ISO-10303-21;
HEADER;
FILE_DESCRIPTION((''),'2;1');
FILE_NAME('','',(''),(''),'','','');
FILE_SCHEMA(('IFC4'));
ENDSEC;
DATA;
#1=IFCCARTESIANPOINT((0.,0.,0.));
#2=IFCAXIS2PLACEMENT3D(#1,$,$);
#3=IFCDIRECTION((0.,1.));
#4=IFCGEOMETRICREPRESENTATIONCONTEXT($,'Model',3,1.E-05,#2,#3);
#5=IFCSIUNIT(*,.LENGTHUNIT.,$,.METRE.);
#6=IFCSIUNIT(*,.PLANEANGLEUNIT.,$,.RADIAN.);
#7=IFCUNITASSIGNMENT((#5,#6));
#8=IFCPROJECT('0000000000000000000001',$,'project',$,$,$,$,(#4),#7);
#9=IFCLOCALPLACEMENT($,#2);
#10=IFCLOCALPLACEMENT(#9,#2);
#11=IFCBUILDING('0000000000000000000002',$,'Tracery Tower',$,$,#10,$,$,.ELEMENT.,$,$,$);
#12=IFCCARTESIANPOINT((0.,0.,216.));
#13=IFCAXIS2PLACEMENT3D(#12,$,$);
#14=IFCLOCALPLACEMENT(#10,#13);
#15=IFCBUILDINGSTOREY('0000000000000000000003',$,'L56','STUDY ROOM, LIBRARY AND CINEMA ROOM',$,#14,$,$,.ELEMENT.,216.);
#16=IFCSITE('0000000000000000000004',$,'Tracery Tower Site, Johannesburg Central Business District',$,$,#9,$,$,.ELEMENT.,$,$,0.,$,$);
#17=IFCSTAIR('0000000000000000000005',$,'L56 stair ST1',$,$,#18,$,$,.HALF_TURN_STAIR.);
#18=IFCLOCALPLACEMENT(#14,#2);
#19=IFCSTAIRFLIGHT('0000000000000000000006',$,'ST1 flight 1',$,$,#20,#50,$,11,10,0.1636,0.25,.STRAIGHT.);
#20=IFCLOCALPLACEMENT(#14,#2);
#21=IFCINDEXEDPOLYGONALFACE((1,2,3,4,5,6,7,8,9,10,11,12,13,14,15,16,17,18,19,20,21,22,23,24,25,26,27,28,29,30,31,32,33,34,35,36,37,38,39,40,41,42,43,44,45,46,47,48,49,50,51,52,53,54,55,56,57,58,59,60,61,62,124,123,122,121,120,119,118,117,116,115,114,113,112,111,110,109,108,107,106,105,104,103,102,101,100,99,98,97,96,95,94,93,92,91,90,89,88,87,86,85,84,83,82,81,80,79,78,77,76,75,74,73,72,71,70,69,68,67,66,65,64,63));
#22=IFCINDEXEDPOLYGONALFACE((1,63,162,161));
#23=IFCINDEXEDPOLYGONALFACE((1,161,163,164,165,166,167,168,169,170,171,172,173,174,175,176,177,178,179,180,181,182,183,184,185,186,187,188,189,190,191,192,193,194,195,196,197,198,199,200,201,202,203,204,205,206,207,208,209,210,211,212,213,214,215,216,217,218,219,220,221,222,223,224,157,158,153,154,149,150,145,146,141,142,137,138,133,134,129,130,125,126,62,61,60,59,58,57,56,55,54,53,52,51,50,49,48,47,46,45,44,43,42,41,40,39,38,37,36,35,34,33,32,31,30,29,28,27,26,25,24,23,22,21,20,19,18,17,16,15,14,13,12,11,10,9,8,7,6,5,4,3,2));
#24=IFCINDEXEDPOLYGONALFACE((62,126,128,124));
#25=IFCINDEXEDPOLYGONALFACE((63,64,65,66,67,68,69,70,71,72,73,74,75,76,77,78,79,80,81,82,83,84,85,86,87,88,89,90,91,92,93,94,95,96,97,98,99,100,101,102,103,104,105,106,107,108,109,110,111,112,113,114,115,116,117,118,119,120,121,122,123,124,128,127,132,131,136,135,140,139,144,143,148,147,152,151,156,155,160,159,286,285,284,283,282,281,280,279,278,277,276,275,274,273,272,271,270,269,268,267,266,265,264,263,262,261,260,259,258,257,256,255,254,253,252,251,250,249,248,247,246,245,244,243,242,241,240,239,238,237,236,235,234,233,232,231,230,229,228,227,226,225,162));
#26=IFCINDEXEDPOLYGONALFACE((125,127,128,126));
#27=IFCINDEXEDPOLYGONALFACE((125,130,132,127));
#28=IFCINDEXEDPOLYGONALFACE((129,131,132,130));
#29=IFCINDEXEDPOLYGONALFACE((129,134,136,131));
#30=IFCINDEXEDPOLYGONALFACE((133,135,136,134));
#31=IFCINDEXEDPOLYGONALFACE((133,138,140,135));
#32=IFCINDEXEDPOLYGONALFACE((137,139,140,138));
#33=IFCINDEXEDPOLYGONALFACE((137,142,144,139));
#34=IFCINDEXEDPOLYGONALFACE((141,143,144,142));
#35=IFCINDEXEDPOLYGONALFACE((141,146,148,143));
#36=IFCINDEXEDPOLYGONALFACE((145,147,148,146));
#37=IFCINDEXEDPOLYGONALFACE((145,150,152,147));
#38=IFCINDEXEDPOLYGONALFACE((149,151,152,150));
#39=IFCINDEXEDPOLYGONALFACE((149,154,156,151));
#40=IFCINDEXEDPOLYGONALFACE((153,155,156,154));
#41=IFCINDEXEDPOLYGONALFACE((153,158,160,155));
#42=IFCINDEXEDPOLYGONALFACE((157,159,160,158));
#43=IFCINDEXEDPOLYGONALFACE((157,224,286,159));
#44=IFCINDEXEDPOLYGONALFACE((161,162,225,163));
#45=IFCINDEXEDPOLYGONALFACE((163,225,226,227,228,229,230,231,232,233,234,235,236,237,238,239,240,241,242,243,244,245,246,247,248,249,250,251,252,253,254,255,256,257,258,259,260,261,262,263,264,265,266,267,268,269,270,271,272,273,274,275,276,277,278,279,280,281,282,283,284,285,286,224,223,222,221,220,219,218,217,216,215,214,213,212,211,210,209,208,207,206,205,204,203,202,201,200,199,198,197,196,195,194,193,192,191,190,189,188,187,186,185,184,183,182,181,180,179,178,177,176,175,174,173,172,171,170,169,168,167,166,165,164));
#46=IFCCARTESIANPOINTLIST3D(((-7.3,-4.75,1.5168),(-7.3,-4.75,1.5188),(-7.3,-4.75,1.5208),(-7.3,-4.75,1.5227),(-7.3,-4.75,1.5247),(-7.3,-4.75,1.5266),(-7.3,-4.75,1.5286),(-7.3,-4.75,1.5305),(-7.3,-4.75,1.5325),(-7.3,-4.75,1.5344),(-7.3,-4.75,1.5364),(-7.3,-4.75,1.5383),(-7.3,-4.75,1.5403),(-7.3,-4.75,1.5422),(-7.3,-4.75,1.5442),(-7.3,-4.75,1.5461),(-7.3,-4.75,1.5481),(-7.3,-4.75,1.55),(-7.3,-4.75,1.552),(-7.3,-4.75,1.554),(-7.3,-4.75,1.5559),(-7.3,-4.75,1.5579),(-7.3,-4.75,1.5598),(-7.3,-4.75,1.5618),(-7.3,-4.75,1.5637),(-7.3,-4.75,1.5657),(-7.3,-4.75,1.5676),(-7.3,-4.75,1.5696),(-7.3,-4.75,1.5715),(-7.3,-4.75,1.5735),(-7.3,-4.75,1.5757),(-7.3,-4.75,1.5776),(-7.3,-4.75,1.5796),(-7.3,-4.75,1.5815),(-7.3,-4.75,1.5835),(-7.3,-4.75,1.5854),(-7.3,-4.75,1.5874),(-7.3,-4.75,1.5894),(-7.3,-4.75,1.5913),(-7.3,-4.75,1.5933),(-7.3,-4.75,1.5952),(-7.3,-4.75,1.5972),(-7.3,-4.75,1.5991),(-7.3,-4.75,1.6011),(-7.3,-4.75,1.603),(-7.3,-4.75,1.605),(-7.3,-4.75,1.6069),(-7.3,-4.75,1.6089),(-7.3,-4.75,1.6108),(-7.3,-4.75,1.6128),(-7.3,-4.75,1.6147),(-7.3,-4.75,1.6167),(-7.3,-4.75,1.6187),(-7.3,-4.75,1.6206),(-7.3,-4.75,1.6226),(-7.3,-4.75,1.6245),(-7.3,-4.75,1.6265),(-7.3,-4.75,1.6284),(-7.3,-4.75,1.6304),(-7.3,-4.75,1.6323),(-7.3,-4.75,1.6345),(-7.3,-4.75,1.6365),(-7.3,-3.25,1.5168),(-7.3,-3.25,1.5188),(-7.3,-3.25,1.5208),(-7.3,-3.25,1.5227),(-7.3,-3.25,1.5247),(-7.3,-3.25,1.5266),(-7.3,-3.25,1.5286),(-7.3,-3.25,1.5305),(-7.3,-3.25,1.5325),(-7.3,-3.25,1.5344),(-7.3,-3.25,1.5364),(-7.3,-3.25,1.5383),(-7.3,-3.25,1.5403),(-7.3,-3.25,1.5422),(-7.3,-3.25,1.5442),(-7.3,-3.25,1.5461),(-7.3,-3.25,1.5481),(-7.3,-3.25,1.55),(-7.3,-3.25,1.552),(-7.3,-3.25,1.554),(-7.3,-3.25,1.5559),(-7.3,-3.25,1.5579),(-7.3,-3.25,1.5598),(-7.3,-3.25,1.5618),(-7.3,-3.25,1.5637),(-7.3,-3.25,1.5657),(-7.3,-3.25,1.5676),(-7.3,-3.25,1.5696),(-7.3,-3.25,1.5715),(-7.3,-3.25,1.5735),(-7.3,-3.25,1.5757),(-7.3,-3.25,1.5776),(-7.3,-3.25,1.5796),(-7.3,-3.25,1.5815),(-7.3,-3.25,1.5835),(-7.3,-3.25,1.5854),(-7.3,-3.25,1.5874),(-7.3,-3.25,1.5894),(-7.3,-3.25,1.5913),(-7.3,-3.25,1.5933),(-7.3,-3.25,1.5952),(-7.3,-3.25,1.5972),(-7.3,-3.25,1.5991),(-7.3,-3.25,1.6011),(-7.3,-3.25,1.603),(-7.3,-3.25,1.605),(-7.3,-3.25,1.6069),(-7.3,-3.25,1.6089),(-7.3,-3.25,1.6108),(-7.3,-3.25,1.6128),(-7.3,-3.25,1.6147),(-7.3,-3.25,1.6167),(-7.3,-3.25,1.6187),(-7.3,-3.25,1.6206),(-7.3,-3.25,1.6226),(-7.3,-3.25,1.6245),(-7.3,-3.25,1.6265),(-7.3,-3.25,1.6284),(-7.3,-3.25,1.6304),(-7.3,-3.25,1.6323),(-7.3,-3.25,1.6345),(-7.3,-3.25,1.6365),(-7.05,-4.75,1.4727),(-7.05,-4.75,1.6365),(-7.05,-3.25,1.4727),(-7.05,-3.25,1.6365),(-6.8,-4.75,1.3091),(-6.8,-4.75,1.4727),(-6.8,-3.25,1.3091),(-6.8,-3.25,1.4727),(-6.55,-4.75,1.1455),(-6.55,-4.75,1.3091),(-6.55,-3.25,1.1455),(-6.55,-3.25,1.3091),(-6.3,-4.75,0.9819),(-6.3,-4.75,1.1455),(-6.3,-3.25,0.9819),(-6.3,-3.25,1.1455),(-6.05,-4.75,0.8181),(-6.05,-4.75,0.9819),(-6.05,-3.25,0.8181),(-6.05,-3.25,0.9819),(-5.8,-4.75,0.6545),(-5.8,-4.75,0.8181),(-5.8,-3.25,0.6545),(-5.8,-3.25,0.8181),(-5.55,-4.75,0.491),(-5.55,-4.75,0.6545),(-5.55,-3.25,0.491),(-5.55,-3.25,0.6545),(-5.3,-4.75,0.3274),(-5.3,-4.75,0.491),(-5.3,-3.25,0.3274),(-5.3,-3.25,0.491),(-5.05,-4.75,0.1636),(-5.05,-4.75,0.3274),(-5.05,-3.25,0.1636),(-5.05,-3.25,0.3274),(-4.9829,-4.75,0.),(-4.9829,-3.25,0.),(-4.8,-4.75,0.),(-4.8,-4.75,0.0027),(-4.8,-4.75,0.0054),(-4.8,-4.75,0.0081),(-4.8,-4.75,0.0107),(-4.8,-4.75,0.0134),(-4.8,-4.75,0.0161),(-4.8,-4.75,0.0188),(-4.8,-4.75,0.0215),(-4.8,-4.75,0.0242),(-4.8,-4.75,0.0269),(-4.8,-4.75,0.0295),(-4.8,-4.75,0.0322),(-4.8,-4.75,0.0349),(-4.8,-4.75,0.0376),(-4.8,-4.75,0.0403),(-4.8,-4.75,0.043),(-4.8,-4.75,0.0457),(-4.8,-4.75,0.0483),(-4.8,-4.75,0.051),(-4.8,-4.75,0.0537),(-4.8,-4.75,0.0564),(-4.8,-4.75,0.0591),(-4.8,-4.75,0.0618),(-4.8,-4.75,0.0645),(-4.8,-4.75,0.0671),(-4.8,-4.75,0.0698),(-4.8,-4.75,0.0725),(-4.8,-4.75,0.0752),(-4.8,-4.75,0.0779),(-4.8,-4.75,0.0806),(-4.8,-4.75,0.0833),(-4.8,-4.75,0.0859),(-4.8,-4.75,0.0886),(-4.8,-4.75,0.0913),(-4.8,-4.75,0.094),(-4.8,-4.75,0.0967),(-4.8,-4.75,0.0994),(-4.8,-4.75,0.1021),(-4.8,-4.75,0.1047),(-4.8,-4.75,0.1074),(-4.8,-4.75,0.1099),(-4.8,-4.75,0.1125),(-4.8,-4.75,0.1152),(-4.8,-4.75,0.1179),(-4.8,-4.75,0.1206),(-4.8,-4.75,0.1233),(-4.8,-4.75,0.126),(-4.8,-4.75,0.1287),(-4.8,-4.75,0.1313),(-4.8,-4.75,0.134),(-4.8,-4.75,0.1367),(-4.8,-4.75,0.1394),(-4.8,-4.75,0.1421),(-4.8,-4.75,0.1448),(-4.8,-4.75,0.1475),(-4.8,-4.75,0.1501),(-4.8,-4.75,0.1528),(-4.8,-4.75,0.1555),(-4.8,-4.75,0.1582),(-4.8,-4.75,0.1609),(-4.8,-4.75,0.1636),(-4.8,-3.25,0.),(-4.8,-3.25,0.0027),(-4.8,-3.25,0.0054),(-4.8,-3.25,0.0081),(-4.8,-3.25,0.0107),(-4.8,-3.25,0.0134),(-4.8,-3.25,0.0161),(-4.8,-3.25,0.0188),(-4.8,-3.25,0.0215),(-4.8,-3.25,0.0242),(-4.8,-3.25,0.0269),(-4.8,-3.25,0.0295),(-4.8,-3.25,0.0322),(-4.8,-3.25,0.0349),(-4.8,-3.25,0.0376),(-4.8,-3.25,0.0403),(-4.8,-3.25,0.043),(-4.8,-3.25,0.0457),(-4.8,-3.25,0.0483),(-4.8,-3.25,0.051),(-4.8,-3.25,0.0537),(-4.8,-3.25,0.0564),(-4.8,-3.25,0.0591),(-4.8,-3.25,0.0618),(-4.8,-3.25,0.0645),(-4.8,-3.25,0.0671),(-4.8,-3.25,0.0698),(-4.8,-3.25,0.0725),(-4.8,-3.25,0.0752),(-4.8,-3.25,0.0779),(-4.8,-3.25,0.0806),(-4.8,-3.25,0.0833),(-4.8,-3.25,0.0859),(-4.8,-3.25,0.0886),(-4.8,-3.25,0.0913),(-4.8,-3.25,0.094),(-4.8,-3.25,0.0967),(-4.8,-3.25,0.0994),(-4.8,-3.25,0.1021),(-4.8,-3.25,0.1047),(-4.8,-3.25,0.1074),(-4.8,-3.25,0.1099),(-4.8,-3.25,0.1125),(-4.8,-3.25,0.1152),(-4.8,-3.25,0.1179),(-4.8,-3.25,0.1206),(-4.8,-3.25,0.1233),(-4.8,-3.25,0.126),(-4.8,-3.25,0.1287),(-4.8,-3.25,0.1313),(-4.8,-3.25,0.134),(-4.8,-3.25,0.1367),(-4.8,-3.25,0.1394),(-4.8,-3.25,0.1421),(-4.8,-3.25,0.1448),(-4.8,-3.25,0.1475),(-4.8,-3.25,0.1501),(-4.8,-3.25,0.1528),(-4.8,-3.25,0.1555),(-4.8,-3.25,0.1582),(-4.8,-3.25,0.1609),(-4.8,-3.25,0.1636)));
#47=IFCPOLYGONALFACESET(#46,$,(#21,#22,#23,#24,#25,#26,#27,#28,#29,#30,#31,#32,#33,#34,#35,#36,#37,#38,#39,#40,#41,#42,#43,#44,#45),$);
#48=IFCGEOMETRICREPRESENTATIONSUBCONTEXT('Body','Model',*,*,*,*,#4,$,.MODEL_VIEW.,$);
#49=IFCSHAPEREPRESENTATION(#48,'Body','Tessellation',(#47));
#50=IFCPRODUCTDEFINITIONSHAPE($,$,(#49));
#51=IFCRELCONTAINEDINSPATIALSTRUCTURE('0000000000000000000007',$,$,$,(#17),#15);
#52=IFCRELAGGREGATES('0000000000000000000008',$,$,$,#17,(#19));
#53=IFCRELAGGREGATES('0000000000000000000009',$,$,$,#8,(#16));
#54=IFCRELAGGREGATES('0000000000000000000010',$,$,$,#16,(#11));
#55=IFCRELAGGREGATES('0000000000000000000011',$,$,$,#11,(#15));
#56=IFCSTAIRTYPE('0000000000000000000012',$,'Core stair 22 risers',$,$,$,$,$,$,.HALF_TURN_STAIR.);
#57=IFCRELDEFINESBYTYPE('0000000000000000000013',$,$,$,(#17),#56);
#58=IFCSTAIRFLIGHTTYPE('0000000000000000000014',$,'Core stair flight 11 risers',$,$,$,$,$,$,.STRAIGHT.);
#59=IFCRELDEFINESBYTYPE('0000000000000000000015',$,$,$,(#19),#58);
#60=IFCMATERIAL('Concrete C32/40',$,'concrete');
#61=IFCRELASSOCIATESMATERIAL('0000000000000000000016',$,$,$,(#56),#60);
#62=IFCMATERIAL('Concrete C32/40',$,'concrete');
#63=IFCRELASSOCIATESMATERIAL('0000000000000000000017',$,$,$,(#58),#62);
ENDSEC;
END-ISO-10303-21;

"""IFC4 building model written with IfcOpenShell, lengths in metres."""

from ifc_helpers import new_model, si_unit, direction, frame, origin, place, context, subcontext, project, spatial, polyline, outline, extrude, material, type_object, element, aggregate, save


model = new_model("IFC4")

# Units and contexts
model_context = context("Model", 3, precision=1e-05, world=origin(), true_north=direction((0.0, 1.0)))
body_context = subcontext(model_context, "Body", "Model", "MODEL_VIEW")
ifc_project = project(units=[si_unit("LENGTHUNIT", "METRE"), si_unit("PLANEANGLEUNIT", "RADIAN")], contexts=[model_context])

# Site, building, storey
site_placement = place(None, origin())
site = spatial("IfcSite", under=ifc_project, at=site_placement, Name="Tracery Tower Site, Johannesburg Central Business District", CompositionType="ELEMENT", RefElevation=0.0)
building_placement = place(site_placement, origin())
building = spatial("IfcBuilding", under=site, at=building_placement, Name="Tracery Tower", CompositionType="ELEMENT")
storey_placement = place(building_placement, frame((0.0, 0.0, 216.0)))
storey = spatial("IfcBuildingStorey", under=building, at=storey_placement, Name="L56", Description="STUDY ROOM, LIBRARY AND CINEMA ROOM", CompositionType="ELEMENT", Elevation=216.0)

# Stair, stair flight
ifc_material_1 = material(Name="Concrete C32/40", Category="concrete")
stair_type = type_object("IfcStairType", Name="Core stair 22 risers", PredefinedType="HALF_TURN_STAIR", material=ifc_material_1)
stair_placement = place(storey_placement, origin())
stair = element("IfcStair", 1, at=stair_placement, inside=storey, type_object=stair_type, Name="L56 stair ST1", PredefinedType="HALF_TURN_STAIR")
ifc_material_2 = material(Name="Concrete C32/40", Category="concrete")
stair_flight_type = type_object("IfcStairFlightType", Name="Core stair flight 11 risers", PredefinedType="STRAIGHT", material=ifc_material_2)
stair_flight_1_placement = place(storey_placement, frame((-4.8, -4.0, 0.0), z_axis=(0.0, 0.0, 1.0), x_axis=(-1.0, 0.0, 0.0)))
stair_flight_1 = element("IfcStairFlight", 2, at=stair_flight_1_placement, type_object=stair_flight_type, Name="ST1 flight 1", NumberOfRisers=11, NumberOfTreads=10, PredefinedType="STRAIGHT", RiserHeight=0.1636, TreadLength=0.25, context=body_context, shape_type="SweptSolid", body=[
    extrude(outline(polyline([(0.0, 0.0), (0.0, 0.0027), (0.0, 0.0054), (0.0, 0.0081), (0.0, 0.0107), (0.0, 0.0134), (0.0, 0.0161), (0.0, 0.0188), (0.0, 0.0215), (0.0, 0.0242), (0.0, 0.0269), (0.0, 0.0295), (0.0, 0.0322), (0.0, 0.0349), (0.0, 0.0376), (0.0, 0.0403), (0.0, 0.043), (0.0, 0.0457), (0.0, 0.0483), (0.0, 0.051), (0.0, 0.0537), (0.0, 0.0564), (0.0, 0.0591), (0.0, 0.0618), (0.0, 0.0645), (0.0, 0.0671), (0.0, 0.0698), (0.0, 0.0725), (0.0, 0.0752), (0.0, 0.0779), (0.0, 0.0806), (0.0, 0.0833), (0.0, 0.0859), (0.0, 0.0886), (0.0, 0.0913), (0.0, 0.094), (0.0, 0.0967), (0.0, 0.0994), (0.0, 0.1021), (0.0, 0.1047), (0.0, 0.1074), (0.0, 0.1099), (0.0, 0.1125), (0.0, 0.1152), (0.0, 0.1179), (0.0, 0.1206), (0.0, 0.1233), (0.0, 0.126), (0.0, 0.1287), (0.0, 0.1313), (0.0, 0.134), (0.0, 0.1367), (0.0, 0.1394), (0.0, 0.1421), (0.0, 0.1448), (0.0, 0.1475), (0.0, 0.1501), (0.0, 0.1528), (0.0, 0.1555), (0.0, 0.1582), (0.0, 0.1609), (0.0, 0.1636), (0.25, 0.1636), (0.25, 0.3274), (0.5, 0.3274), (0.5, 0.491), (0.75, 0.491), (0.75, 0.6545), (1.0, 0.6545), (1.0, 0.8181), (1.25, 0.8181), (1.25, 0.9819), (1.5, 0.9819), (1.5, 1.1455), (1.75, 1.1455), (1.75, 1.3091), (2.0, 1.3091), (2.0, 1.4727), (2.25, 1.4727), (2.25, 1.6365), (2.5, 1.6365), (2.5, 1.6345), (2.5, 1.6323), (2.5, 1.6304), (2.5, 1.6284), (2.5, 1.6265), (2.5, 1.6245), (2.5, 1.6226), (2.5, 1.6206), (2.5, 1.6187), (2.5, 1.6167), (2.5, 1.6147), (2.5, 1.6128), (2.5, 1.6108), (2.5, 1.6089), (2.5, 1.6069), (2.5, 1.605), (2.5, 1.603), (2.5, 1.6011), (2.5, 1.5991), (2.5, 1.5972), (2.5, 1.5952), (2.5, 1.5933), (2.5, 1.5913), (2.5, 1.5894), (2.5, 1.5874), (2.5, 1.5854), (2.5, 1.5835), (2.5, 1.5815), (2.5, 1.5796), (2.5, 1.5776), (2.5, 1.5757), (2.5, 1.5735), (2.5, 1.5715), (2.5, 1.5696), (2.5, 1.5676), (2.5, 1.5657), (2.5, 1.5637), (2.5, 1.5618), (2.5, 1.5598), (2.5, 1.5579), (2.5, 1.5559), (2.5, 1.554), (2.5, 1.552), (2.5, 1.55), (2.5, 1.5481), (2.5, 1.5461), (2.5, 1.5442), (2.5, 1.5422), (2.5, 1.5403), (2.5, 1.5383), (2.5, 1.5364), (2.5, 1.5344), (2.5, 1.5325), (2.5, 1.5305), (2.5, 1.5286), (2.5, 1.5266), (2.5, 1.5247), (2.5, 1.5227), (2.5, 1.5208), (2.5, 1.5188), (2.5, 1.5168), (0.1829, 0.0), (0.0, 0.0)])), frame((0.0, 0.75, 0.0), z_axis=(0.0, -1.0, 0.0), x_axis=(1.0, 0.0, 0.0)), (0.0, 0.0, 1.0), 1.5),
])
aggregate(stair, [stair_flight_1])

save(model, "model.ifc")
